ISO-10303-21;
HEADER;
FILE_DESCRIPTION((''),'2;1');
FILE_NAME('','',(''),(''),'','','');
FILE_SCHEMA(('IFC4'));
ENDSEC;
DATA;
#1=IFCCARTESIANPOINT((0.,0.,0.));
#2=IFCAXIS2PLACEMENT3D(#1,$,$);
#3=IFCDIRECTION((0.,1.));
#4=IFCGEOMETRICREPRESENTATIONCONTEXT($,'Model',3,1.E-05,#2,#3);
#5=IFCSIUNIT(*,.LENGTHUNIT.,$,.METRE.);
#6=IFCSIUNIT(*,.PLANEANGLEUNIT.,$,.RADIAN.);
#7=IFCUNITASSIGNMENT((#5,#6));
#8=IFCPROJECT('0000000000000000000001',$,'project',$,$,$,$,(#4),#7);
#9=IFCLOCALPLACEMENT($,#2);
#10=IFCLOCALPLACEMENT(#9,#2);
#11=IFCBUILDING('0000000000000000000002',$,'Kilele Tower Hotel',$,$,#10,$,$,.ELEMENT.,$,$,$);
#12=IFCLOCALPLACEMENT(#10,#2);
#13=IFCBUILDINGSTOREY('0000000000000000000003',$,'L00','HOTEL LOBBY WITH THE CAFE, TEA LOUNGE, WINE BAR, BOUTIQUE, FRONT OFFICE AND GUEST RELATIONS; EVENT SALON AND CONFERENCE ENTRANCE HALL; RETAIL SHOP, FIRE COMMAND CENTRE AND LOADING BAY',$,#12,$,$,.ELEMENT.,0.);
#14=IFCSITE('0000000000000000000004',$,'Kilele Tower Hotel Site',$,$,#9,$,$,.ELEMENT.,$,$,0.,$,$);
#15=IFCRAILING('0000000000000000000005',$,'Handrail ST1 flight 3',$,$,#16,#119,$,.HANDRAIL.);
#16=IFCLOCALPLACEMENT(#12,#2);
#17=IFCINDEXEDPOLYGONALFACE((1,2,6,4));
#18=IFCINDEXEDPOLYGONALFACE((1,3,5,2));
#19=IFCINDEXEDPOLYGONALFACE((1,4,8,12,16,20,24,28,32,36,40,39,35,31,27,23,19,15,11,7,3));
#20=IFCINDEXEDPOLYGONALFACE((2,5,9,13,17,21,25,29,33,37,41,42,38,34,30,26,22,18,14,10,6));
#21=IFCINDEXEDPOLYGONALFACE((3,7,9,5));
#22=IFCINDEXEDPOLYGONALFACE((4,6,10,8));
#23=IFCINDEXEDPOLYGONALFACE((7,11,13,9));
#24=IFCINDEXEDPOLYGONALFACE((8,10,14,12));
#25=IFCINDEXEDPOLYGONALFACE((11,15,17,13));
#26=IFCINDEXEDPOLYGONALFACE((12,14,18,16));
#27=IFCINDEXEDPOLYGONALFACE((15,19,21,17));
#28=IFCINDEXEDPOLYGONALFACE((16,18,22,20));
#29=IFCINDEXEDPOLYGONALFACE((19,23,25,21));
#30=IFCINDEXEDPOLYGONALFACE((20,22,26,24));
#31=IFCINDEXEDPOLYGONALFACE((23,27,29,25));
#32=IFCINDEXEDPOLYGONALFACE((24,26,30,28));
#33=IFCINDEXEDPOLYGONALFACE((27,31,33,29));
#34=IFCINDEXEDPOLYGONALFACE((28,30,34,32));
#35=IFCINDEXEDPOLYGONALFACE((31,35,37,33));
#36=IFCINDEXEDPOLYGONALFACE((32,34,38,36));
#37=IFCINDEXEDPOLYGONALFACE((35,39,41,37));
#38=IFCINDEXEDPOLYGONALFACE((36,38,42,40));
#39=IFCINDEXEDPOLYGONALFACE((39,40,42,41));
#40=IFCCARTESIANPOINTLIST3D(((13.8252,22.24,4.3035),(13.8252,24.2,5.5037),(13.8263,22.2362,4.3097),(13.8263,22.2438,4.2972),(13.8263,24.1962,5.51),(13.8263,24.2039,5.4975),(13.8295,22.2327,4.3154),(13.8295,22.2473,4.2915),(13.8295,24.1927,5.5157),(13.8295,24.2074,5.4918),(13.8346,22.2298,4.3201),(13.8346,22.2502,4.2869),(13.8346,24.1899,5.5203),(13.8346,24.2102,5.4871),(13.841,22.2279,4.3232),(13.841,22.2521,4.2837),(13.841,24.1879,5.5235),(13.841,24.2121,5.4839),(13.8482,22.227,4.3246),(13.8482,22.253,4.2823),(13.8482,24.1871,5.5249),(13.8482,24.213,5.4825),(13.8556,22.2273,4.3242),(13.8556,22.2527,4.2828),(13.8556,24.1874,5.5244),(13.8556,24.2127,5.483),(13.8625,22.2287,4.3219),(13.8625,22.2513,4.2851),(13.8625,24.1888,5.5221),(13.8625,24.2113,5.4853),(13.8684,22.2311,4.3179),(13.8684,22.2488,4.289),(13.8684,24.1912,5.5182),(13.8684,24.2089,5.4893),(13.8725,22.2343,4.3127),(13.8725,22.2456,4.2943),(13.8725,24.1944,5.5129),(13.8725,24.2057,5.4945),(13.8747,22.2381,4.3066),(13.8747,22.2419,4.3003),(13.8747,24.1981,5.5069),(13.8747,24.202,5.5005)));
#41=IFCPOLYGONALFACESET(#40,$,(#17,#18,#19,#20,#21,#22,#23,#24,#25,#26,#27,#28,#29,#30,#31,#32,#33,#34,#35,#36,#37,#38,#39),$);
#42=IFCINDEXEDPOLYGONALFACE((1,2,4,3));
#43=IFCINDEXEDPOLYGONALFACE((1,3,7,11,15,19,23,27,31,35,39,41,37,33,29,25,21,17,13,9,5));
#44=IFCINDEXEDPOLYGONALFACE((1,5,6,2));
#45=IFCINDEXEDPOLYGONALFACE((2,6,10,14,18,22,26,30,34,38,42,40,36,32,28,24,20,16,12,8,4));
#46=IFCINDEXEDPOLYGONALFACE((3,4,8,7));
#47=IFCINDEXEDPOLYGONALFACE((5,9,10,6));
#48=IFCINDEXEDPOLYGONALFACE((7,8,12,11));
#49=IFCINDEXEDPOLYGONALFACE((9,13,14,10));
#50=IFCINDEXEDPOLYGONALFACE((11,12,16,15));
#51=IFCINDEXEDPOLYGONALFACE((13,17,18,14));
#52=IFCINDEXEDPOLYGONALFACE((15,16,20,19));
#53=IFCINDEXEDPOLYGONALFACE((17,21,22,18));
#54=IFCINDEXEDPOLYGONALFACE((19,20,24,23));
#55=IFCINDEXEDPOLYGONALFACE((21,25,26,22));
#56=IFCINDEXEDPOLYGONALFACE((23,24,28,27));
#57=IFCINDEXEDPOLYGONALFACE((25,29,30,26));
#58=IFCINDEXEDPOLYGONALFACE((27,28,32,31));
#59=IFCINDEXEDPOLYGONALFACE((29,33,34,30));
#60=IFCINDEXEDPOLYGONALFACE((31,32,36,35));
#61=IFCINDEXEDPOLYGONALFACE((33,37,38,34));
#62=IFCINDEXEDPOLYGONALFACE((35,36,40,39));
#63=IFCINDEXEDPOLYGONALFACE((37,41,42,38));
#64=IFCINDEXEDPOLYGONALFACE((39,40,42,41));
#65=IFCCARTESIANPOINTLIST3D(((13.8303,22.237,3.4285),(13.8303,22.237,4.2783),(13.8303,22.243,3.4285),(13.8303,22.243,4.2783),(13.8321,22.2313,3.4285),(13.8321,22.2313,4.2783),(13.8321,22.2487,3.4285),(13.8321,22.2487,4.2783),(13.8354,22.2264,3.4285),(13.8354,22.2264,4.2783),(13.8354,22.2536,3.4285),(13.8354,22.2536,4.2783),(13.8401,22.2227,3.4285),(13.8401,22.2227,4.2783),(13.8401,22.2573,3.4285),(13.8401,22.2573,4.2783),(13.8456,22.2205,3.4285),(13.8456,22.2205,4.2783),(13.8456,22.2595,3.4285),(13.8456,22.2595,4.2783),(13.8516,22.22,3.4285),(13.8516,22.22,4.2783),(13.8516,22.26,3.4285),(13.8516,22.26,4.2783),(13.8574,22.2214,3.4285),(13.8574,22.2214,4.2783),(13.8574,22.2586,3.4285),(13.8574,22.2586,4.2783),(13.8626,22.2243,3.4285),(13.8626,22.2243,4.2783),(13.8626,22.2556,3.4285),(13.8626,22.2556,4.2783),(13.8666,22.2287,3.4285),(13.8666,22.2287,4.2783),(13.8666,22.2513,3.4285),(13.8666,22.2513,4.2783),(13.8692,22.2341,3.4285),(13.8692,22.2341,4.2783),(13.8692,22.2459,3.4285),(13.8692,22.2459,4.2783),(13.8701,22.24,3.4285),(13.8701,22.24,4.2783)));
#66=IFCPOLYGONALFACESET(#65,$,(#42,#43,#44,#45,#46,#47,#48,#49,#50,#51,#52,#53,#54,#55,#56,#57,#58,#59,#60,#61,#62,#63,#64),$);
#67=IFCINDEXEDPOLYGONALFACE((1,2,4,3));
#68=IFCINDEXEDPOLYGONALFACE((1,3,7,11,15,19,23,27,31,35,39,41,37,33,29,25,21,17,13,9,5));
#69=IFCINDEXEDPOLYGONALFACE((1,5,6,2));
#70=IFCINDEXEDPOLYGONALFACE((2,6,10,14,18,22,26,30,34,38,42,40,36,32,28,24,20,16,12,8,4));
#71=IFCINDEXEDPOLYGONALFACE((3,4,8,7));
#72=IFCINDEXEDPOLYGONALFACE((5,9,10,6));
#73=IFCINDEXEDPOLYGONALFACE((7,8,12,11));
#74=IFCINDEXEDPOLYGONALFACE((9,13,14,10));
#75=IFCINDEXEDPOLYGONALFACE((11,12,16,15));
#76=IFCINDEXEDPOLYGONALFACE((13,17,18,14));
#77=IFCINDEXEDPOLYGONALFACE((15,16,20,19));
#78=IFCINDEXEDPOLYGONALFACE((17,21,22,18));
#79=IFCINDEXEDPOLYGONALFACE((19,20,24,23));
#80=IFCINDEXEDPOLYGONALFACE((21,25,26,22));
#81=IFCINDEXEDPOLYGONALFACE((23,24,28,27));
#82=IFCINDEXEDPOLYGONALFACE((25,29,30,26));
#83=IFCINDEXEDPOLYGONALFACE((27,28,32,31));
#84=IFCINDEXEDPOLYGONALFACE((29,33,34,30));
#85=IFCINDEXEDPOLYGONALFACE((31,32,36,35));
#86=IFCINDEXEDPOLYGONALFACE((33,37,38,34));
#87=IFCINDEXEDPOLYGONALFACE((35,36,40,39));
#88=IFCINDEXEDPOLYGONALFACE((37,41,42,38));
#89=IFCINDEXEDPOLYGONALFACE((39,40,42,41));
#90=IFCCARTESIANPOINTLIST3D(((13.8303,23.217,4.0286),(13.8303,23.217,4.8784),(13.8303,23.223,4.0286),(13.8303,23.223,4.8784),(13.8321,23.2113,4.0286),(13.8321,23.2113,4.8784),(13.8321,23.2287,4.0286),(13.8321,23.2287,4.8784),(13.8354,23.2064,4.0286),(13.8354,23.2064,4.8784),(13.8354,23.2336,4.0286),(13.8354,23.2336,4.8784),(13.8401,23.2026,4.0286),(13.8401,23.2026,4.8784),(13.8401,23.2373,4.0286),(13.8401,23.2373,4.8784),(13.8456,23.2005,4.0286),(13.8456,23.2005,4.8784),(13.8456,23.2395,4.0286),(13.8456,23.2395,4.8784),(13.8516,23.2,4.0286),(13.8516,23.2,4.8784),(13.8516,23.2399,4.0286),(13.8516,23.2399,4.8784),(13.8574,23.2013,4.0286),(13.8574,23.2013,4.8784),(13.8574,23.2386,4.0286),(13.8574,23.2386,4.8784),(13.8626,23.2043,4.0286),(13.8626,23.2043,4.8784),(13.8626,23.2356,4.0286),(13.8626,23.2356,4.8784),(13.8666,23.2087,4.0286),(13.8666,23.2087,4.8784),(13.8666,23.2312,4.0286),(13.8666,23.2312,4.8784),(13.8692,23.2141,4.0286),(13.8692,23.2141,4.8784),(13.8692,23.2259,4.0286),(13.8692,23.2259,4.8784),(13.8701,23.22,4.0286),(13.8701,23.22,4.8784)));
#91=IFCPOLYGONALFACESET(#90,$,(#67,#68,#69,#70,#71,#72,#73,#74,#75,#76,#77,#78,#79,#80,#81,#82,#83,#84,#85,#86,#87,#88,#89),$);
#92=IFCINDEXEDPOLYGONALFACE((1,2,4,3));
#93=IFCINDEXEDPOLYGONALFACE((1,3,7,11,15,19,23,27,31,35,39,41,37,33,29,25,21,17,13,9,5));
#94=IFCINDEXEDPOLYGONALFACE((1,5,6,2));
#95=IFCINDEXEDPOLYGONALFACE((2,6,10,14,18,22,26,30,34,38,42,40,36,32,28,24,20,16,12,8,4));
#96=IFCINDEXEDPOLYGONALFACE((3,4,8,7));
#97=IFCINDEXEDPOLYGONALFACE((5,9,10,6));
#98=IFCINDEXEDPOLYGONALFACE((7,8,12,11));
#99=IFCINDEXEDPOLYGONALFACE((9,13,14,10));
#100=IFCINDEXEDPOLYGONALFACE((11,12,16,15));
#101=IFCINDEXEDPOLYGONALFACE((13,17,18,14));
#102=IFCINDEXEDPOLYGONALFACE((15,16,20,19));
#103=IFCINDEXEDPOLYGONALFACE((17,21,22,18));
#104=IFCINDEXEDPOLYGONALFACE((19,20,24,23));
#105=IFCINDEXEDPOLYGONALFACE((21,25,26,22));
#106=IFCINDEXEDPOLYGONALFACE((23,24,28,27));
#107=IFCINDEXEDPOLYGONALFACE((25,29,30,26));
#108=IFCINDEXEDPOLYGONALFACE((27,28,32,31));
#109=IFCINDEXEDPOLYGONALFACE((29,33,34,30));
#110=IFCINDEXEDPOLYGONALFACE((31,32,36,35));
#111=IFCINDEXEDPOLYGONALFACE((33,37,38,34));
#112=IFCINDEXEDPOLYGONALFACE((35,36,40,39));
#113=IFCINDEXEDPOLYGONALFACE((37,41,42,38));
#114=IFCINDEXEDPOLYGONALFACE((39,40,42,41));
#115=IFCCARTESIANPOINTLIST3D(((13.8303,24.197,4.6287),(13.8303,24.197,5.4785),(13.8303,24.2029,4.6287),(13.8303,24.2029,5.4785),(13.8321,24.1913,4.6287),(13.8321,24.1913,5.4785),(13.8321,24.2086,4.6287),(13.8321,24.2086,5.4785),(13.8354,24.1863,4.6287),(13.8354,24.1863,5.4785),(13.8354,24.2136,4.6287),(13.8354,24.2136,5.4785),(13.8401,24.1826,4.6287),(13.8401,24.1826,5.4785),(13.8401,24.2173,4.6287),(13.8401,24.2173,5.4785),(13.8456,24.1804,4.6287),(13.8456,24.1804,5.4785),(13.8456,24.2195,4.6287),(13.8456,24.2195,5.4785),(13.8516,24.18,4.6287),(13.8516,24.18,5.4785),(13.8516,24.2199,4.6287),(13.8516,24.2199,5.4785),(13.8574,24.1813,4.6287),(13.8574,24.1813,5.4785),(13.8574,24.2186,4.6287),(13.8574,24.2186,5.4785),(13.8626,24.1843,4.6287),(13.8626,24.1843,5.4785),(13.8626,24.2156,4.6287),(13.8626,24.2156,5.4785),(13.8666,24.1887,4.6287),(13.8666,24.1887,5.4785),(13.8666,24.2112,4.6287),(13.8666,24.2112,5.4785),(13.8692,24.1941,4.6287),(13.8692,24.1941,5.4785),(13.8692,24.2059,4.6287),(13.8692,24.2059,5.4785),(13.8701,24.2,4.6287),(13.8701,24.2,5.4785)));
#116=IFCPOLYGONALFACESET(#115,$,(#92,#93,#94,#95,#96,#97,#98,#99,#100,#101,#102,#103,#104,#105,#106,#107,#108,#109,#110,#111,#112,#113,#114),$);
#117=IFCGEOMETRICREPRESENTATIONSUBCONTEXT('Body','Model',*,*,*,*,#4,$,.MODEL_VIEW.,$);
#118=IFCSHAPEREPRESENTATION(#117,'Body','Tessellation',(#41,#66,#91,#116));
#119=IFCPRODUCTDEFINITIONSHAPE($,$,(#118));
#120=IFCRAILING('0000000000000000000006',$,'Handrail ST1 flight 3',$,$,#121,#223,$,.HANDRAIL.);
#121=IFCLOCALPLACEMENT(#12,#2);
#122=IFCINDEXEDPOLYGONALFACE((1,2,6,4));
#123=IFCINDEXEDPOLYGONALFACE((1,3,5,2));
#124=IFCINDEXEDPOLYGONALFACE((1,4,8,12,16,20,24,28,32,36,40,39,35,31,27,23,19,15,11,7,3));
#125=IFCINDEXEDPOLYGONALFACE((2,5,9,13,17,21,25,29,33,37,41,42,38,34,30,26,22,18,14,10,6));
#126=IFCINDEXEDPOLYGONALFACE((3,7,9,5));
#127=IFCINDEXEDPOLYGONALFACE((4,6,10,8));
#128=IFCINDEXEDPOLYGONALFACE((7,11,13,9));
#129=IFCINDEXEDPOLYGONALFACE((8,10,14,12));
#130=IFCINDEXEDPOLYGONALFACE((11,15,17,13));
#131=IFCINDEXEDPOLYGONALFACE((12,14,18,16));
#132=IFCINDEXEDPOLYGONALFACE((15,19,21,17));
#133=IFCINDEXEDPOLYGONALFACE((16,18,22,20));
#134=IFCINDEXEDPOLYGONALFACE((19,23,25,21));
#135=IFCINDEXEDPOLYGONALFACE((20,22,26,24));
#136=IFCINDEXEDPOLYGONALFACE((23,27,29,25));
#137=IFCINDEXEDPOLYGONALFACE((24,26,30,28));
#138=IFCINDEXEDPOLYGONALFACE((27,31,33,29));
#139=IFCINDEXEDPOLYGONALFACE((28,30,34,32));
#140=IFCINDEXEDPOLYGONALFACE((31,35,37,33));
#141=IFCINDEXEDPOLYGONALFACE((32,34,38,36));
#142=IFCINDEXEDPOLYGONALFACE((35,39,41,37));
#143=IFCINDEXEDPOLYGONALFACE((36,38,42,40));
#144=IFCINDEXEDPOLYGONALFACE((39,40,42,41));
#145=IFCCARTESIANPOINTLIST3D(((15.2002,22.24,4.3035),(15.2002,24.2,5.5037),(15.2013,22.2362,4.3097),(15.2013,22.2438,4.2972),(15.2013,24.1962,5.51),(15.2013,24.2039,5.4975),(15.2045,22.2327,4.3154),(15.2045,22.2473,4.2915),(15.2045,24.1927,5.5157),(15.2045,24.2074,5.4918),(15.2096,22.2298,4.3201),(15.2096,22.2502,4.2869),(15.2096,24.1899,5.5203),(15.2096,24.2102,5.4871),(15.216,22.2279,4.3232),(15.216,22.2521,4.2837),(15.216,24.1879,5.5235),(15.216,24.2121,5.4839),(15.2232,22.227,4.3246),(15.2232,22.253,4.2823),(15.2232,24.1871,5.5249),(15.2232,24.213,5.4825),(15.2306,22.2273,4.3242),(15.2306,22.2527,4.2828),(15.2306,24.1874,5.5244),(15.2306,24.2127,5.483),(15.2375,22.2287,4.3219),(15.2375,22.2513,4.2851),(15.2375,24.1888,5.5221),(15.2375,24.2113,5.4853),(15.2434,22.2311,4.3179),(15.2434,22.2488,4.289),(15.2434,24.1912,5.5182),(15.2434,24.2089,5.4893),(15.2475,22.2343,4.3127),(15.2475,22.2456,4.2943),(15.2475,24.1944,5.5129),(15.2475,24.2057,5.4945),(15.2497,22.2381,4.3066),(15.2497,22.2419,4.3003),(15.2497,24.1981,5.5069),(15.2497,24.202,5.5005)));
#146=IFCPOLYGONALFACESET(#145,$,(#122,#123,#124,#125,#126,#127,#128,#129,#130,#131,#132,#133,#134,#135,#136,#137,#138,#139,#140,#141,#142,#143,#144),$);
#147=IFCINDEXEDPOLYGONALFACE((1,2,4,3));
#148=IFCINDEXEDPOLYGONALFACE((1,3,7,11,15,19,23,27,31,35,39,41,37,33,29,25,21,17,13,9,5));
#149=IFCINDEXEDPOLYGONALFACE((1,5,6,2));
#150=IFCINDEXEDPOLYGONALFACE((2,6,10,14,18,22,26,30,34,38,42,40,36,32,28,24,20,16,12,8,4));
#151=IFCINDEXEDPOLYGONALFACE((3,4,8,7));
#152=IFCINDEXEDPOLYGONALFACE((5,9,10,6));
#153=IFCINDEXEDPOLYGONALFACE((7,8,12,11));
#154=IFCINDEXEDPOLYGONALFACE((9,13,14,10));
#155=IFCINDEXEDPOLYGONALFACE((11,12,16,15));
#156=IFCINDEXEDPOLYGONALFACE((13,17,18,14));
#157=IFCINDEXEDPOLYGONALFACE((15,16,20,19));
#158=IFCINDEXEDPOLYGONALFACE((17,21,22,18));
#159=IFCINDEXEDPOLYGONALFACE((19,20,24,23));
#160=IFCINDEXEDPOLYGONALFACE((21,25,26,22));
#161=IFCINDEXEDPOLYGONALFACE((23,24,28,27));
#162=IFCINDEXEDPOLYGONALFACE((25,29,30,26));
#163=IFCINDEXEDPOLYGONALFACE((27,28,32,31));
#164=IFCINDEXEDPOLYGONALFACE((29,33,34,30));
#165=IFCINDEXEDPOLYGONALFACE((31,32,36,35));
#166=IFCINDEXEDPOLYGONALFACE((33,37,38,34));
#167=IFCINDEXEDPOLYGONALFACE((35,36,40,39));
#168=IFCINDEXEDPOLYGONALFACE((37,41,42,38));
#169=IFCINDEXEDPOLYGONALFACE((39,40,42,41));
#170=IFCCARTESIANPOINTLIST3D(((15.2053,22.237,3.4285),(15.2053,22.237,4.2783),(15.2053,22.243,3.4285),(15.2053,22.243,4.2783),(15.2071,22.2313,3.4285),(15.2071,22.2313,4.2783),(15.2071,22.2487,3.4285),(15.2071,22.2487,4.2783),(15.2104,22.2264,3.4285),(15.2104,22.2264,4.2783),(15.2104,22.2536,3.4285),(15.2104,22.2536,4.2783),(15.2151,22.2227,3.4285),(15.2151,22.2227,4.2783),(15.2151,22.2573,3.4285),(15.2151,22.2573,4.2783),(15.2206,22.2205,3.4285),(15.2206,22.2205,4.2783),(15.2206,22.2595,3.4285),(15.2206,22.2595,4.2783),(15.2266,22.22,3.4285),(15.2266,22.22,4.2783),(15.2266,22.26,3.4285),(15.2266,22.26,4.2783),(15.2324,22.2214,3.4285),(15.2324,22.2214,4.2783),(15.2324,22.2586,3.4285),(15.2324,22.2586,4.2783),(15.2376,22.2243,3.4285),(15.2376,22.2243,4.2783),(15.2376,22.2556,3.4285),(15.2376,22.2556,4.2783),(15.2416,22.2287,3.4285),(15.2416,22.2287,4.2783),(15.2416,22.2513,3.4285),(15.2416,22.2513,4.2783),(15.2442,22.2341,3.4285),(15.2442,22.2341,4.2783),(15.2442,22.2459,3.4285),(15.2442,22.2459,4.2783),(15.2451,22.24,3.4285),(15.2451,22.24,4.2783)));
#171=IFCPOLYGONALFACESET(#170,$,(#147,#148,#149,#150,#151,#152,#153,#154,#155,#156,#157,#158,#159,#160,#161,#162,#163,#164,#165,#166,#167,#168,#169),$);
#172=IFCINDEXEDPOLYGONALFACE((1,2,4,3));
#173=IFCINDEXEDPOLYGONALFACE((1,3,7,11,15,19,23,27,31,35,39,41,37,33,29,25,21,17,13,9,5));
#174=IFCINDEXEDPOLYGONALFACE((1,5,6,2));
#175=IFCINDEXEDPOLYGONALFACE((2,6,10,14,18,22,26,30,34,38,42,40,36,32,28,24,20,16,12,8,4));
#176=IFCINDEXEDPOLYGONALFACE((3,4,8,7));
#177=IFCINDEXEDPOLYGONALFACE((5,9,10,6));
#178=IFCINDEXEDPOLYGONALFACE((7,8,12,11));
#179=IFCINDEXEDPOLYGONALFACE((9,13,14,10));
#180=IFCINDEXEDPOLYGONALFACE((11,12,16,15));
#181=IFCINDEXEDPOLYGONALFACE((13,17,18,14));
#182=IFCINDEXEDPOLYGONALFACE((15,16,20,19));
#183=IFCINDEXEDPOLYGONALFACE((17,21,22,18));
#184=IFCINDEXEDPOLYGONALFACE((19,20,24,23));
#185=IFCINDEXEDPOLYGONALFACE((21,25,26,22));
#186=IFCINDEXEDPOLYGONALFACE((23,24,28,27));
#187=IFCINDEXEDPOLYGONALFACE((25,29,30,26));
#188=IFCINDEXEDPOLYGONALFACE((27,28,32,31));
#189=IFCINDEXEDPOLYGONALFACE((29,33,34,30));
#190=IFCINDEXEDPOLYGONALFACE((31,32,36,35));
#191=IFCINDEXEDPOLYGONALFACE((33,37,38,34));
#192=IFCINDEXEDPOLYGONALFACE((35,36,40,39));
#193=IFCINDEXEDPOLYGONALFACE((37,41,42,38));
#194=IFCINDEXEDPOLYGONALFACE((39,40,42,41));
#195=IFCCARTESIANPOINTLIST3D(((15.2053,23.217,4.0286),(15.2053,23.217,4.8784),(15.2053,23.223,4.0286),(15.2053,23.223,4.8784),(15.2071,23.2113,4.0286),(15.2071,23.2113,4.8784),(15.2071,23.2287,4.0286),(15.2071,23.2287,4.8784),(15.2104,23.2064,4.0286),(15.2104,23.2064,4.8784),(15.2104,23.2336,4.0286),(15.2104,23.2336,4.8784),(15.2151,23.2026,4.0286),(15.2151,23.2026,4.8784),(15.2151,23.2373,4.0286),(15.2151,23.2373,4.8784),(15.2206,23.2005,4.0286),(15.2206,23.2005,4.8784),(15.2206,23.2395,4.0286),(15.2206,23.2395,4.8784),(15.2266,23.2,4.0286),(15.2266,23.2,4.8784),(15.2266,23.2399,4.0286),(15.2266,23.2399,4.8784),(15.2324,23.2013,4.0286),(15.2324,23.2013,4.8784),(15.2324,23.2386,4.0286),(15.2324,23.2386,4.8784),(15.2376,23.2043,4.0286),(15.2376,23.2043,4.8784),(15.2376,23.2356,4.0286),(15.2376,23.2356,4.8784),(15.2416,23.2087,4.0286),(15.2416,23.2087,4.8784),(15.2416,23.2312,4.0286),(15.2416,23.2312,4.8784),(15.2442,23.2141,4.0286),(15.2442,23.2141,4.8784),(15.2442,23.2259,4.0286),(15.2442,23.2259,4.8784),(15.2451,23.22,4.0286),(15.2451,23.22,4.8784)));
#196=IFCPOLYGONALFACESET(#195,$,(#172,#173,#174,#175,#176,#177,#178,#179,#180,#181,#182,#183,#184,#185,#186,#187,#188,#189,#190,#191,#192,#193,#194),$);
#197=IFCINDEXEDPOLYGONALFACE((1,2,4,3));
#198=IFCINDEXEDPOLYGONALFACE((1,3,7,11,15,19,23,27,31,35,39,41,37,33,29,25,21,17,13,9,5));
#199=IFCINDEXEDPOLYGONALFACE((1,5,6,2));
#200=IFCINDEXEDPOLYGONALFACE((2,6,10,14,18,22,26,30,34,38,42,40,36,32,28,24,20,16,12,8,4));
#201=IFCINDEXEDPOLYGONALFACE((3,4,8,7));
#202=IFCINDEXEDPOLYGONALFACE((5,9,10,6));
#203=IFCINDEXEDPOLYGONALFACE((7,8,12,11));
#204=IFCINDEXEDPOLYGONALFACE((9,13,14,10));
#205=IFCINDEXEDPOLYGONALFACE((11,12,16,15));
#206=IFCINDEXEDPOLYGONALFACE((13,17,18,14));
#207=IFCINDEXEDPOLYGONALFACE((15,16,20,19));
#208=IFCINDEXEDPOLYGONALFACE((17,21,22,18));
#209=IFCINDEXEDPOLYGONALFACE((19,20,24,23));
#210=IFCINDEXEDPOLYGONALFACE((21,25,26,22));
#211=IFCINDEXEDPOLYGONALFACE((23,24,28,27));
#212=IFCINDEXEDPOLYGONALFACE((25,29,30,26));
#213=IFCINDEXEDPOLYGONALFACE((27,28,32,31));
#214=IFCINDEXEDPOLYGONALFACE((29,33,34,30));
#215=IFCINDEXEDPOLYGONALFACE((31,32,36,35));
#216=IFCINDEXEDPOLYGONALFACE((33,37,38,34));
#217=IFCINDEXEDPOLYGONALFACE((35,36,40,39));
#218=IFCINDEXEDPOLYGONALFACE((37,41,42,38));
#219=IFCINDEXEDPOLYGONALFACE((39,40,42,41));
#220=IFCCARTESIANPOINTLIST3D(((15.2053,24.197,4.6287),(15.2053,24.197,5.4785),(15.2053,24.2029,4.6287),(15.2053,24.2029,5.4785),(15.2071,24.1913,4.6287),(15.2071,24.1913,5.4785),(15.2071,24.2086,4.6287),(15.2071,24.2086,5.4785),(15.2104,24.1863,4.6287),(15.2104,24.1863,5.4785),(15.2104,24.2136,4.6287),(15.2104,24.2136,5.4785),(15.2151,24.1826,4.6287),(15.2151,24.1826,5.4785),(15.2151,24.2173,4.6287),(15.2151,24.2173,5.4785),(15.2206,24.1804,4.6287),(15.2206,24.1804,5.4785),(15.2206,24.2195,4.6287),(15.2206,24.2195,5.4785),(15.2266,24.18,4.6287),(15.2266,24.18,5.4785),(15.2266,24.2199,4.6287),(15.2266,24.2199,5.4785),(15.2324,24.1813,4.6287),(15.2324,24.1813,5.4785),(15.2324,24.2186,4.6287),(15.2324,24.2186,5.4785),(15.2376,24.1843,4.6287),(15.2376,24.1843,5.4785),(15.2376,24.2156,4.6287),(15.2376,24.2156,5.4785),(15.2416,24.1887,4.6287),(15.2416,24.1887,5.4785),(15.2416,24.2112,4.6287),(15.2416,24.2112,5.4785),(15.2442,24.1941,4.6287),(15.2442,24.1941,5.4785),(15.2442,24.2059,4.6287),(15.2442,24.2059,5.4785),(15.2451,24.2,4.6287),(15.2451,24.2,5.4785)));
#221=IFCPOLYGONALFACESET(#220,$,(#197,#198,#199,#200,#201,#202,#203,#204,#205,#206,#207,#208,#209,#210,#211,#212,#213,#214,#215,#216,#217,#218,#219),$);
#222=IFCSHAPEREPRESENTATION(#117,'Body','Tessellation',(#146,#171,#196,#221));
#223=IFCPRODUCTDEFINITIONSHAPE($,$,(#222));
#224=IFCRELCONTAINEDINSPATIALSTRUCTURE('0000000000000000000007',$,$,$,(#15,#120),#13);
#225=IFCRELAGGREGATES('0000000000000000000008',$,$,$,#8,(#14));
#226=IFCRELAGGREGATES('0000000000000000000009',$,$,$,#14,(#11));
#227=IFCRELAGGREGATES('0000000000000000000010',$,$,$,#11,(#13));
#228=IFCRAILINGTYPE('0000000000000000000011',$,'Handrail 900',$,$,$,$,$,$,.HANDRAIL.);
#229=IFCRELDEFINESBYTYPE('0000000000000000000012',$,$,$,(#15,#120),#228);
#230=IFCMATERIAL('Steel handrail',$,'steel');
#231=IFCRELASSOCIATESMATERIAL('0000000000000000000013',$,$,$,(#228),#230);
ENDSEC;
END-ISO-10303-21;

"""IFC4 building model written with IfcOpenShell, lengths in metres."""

from ifc_helpers import new_model, si_unit, direction, frame, origin, origin_2d, place, context, subcontext, project, spatial, circle, extrude, material, type_object, element, save


model = new_model("IFC4")

# Units and contexts
model_context = context("Model", 3, precision=1e-05, world=origin(), true_north=direction((0.0, 1.0)))
body_context = subcontext(model_context, "Body", "Model", "MODEL_VIEW")
ifc_project = project(units=[si_unit("LENGTHUNIT", "METRE"), si_unit("PLANEANGLEUNIT", "RADIAN")], contexts=[model_context])

# Site, building, storey
site_placement = place(None, origin())
site = spatial("IfcSite", under=ifc_project, at=site_placement, Name="Kilele Tower Hotel Site", CompositionType="ELEMENT", RefElevation=0.0)
building_placement = place(site_placement, origin())
building = spatial("IfcBuilding", under=site, at=building_placement, Name="Kilele Tower Hotel", CompositionType="ELEMENT")
storey_placement = place(building_placement, origin())
storey = spatial("IfcBuildingStorey", under=building, at=storey_placement, Name="L00", Description="HOTEL LOBBY WITH THE CAFE, TEA LOUNGE, WINE BAR, BOUTIQUE, FRONT OFFICE AND GUEST RELATIONS; EVENT SALON AND CONFERENCE ENTRANCE HALL; RETAIL SHOP, FIRE COMMAND CENTRE AND LOADING BAY", CompositionType="ELEMENT", Elevation=0.0)

# Railings
ifc_material_1 = material(Name="Steel handrail", Category="steel")
railing_type_1 = type_object("IfcRailingType", Name="Handrail 900", PredefinedType="HANDRAIL", material=ifc_material_1)
for number, where, name in (
    (1, (13.8501, 22.24, 3.4285), "Handrail ST1 flight 3"),
    (2, (15.2251, 22.24, 3.4285), "Handrail ST1 flight 3"),
):
    element("IfcRailing", number, at=place(storey_placement, frame(where)), inside=storey, type_object=railing_type_1, Name=name, PredefinedType="HANDRAIL", context=body_context, shape_type="SweptSolid", body=[
        extrude(circle(Radius=0.0249, at=origin_2d()), frame((0.0, 0.0, 0.875), z_axis=(0.0, 0.852809, 0.522223), x_axis=(-1.0, 0.0, 0.0)), (0.0, 0.0, 1.0), 2.2983),
        extrude(circle(Radius=0.02, at=origin_2d()), origin(), (0.0, 0.0, 1.0), 0.8499),
        extrude(circle(Radius=0.02, at=origin_2d()), frame((0.0, 0.98, 0.6001)), (0.0, 0.0, 1.0), 0.8499),
        extrude(circle(Radius=0.02, at=origin_2d()), frame((0.0, 1.96, 1.2002)), (0.0, 0.0, 1.0), 0.8499),
    ])

save(model, "model.ifc")
